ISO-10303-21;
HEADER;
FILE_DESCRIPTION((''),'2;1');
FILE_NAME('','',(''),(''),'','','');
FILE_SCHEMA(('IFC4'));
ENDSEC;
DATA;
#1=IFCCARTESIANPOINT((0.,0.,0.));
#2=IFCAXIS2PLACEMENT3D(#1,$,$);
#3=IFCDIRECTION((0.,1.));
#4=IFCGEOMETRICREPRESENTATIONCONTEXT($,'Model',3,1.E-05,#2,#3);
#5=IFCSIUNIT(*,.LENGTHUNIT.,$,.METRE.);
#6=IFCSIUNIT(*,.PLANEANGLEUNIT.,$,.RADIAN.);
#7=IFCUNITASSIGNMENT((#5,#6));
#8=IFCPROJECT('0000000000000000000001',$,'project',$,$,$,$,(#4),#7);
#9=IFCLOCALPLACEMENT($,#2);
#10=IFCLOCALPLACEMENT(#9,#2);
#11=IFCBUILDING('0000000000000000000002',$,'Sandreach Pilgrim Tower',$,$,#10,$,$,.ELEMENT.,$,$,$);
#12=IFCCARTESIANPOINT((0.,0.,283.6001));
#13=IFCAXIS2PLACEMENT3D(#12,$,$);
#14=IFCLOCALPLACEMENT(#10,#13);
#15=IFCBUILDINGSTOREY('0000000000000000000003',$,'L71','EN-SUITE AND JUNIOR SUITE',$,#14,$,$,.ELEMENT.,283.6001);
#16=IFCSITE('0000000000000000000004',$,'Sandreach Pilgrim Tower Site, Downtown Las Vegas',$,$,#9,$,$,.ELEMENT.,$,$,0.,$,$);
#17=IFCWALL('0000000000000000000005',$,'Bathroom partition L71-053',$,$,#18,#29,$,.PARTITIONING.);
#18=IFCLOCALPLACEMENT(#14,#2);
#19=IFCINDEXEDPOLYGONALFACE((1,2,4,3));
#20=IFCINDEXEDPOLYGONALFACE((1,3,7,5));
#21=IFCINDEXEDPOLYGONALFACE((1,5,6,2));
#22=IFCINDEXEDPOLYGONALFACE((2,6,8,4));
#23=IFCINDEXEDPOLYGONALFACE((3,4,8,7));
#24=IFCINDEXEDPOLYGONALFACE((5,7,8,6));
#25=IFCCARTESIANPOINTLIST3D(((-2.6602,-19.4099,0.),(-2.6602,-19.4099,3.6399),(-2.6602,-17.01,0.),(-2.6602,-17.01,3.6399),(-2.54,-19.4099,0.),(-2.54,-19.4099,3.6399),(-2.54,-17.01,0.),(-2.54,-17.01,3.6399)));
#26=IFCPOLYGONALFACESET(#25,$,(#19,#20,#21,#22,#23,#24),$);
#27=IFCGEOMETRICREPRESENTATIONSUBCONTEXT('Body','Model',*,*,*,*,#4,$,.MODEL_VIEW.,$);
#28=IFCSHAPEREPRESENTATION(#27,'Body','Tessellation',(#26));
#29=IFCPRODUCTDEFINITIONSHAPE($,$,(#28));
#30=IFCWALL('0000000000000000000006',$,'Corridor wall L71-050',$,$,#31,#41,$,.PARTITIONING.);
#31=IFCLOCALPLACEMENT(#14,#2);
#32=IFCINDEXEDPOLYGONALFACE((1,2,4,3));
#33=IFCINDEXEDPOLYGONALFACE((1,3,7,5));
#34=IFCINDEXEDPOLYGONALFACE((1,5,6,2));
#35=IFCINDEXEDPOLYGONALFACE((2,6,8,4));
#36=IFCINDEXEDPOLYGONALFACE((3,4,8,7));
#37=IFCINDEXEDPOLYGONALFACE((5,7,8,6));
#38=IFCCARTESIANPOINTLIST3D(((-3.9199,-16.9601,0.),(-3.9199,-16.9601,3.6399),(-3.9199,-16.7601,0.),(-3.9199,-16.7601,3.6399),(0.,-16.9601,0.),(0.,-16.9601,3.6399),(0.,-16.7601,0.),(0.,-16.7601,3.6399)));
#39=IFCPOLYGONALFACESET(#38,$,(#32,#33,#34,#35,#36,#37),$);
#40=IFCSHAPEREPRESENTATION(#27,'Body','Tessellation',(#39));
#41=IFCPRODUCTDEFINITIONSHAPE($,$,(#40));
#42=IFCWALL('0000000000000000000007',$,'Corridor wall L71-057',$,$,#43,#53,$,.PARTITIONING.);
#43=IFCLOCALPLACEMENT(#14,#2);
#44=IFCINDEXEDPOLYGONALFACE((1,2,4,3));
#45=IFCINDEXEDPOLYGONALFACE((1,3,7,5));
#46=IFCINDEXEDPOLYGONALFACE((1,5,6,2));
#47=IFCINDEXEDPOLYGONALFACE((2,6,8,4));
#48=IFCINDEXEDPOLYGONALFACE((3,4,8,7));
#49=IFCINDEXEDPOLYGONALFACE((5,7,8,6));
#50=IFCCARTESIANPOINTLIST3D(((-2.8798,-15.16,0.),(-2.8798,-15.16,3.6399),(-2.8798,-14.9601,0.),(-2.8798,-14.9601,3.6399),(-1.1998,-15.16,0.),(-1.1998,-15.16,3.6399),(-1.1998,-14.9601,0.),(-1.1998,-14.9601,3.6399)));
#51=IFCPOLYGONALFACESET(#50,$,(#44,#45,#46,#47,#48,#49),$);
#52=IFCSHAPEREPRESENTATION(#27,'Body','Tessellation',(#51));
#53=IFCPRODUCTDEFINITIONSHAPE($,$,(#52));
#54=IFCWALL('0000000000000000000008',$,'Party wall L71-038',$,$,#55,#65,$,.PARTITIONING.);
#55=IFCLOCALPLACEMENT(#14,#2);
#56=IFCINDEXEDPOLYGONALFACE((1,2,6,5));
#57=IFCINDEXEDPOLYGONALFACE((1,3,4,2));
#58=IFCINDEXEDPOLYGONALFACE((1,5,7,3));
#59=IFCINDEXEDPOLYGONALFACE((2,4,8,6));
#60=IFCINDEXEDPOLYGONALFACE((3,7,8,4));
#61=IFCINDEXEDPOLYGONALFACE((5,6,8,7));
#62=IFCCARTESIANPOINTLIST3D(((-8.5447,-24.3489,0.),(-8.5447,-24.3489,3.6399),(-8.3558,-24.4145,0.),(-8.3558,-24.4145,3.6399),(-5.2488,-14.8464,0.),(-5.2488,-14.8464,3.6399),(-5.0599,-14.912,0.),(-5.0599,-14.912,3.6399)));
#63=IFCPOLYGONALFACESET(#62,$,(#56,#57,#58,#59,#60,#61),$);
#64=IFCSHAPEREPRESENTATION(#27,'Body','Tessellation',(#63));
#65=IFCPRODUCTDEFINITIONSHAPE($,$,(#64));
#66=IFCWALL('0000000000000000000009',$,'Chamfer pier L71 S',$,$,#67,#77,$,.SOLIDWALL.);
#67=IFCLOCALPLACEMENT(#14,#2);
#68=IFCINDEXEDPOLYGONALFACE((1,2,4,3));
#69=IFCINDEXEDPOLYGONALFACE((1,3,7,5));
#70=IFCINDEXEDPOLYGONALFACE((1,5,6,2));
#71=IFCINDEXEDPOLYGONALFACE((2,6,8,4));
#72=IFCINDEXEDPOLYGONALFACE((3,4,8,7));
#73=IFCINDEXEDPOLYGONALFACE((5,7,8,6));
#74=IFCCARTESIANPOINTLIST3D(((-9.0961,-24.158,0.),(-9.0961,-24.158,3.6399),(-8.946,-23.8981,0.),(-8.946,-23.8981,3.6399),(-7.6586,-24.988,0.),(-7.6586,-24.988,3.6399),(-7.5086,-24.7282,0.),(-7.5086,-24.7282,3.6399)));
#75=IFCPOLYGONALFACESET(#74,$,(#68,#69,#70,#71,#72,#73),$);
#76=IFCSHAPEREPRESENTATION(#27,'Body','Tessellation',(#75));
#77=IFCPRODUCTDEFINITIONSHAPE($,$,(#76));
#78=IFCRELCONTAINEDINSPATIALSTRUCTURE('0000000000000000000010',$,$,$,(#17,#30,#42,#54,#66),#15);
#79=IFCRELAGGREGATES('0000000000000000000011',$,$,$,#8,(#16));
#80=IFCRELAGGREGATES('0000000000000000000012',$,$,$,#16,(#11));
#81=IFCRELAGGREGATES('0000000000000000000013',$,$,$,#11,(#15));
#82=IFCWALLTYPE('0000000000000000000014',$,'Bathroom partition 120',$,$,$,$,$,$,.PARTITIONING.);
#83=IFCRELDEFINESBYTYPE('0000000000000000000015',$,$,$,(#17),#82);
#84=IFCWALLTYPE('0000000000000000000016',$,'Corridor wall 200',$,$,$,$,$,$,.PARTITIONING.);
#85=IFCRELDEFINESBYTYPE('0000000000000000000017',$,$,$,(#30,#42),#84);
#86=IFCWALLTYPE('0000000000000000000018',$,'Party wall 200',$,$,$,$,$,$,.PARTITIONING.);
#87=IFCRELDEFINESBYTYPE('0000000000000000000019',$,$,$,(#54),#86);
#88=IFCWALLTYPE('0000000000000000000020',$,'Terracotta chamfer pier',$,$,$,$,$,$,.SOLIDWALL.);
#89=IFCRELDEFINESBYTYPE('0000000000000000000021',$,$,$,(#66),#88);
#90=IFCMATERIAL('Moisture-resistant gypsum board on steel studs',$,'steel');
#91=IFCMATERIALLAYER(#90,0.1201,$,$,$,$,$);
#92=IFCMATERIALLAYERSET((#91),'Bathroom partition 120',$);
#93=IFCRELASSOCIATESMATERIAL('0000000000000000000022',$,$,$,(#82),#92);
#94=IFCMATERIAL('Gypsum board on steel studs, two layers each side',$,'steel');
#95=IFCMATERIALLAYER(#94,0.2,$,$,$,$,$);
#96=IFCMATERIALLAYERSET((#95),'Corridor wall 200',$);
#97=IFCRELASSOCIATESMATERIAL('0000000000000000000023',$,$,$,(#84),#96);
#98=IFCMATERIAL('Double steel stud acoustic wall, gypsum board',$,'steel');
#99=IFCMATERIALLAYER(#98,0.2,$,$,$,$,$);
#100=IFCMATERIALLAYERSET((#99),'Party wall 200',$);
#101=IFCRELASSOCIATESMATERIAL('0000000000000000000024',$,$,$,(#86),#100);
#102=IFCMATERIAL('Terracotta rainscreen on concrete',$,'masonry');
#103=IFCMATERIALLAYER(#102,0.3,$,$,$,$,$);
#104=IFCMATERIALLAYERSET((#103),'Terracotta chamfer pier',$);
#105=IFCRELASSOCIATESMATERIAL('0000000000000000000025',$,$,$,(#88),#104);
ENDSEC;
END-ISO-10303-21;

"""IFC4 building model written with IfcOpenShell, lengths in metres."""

from ifc_helpers import new_model, si_unit, direction, frame, frame_2d, origin, place, context, subcontext, project, spatial, rectangle, extrude, material, layer, layer_set, type_object, element, save


model = new_model("IFC4")

# Units and contexts
model_context = context("Model", 3, precision=1e-05, world=origin(), true_north=direction((0.0, 1.0)))
body_context = subcontext(model_context, "Body", "Model", "MODEL_VIEW")
ifc_project = project(units=[si_unit("LENGTHUNIT", "METRE"), si_unit("PLANEANGLEUNIT", "RADIAN")], contexts=[model_context])

# Site, building, storey
site_placement = place(None, origin())
site = spatial("IfcSite", under=ifc_project, at=site_placement, Name="Sandreach Pilgrim Tower Site, Downtown Las Vegas", CompositionType="ELEMENT", RefElevation=0.0)
building_placement = place(site_placement, origin())
building = spatial("IfcBuilding", under=site, at=building_placement, Name="Sandreach Pilgrim Tower", CompositionType="ELEMENT")
storey_placement = place(building_placement, frame((0.0, 0.0, 283.6001)))
storey = spatial("IfcBuildingStorey", under=building, at=storey_placement, Name="L71", Description="EN-SUITE AND JUNIOR SUITE", CompositionType="ELEMENT", Elevation=283.6001)

# Shared definitions
ifc_material_1 = material(Name="Moisture-resistant gypsum board on steel studs", Category="steel")
ifc_layer_1 = layer(ifc_material_1, 0.1201)
ifc_layer_set_1 = layer_set([ifc_layer_1], Name="Bathroom partition 120")
wall_type_1 = type_object("IfcWallType", Name="Bathroom partition 120", PredefinedType="PARTITIONING", material=ifc_layer_set_1)

# Wall
wall_1_placement = place(storey_placement, frame((-2.6001, -17.01, 0.0), z_axis=(0.0, 0.0, 1.0), x_axis=(0.0, -1.0, 0.0)))
element("IfcWall", 1, at=wall_1_placement, inside=storey, type_object=wall_type_1, Name="Bathroom partition L71-053", PredefinedType="PARTITIONING", context=body_context, shape_type="SweptSolid", body=[
    extrude(rectangle(XDim=2.3999, YDim=0.1201, at=frame_2d((1.2, 0.0))), origin(), (0.0, 0.0, 1.0), 3.6399),
])

# Shared definitions
ifc_material_2 = material(Name="Gypsum board on steel studs, two layers each side", Category="steel")
ifc_layer_2 = layer(ifc_material_2, 0.2)
ifc_layer_set_2 = layer_set([ifc_layer_2], Name="Corridor wall 200")
wall_type_2 = type_object("IfcWallType", Name="Corridor wall 200", PredefinedType="PARTITIONING", material=ifc_layer_set_2)

# Wall
wall_2_placement = place(storey_placement, frame((-3.9199, -16.8601, 0.0), z_axis=(0.0, 0.0, 1.0), x_axis=(1.0, 0.0, 0.0)))
element("IfcWall", 2, at=wall_2_placement, inside=storey, type_object=wall_type_2, Name="Corridor wall L71-050", PredefinedType="PARTITIONING", context=body_context, shape_type="SweptSolid", body=[
    extrude(rectangle(XDim=3.9199, YDim=0.2, at=frame_2d((1.96, 0.0))), origin(), (0.0, 0.0, 1.0), 3.6399),
])

# Walls
wall_3_placement = place(storey_placement, frame((-1.2, -15.0601, 0.0), z_axis=(0.0, 0.0, 1.0), x_axis=(-1.0, 0.0, 0.0)))
element("IfcWall", 3, at=wall_3_placement, inside=storey, type_object=wall_type_2, Name="Corridor wall L71-057", PredefinedType="PARTITIONING", context=body_context, shape_type="SweptSolid", body=[
    extrude(rectangle(XDim=1.6799, YDim=0.2, at=frame_2d((0.8398, 0.0))), origin(), (0.0, 0.0, 1.0), 3.6399),
])
ifc_material_3 = material(Name="Double steel stud acoustic wall, gypsum board", Category="steel")
ifc_layer_3 = layer(ifc_material_3, 0.2)
ifc_layer_set_3 = layer_set([ifc_layer_3], Name="Party wall 200")
wall_type_3 = type_object("IfcWallType", Name="Party wall 200", PredefinedType="PARTITIONING", material=ifc_layer_set_3)
wall_4_placement = place(storey_placement, frame((-8.4502, -24.3816, 0.0), z_axis=(0.0, 0.0, 1.0), x_axis=(0.327696, 0.944783, 0.0)))
element("IfcWall", 4, at=wall_4_placement, inside=storey, type_object=wall_type_3, Name="Party wall L71-038", PredefinedType="PARTITIONING", context=body_context, shape_type="SweptSolid", body=[
    extrude(rectangle(XDim=10.0579, YDim=0.2, at=frame_2d((5.0288, 0.0))), origin(), (0.0, 0.0, 1.0), 3.6399),
])
ifc_material_4 = material(Name="Terracotta rainscreen on concrete", Category="masonry")
ifc_layer_4 = layer(ifc_material_4, 0.3)
ifc_layer_set_4 = layer_set([ifc_layer_4], Name="Terracotta chamfer pier")
wall_type_4 = type_object("IfcWallType", Name="Terracotta chamfer pier", PredefinedType="SOLIDWALL", material=ifc_layer_set_4)
wall_5_placement = place(storey_placement, frame((-7.5835, -24.8582, 0.0), z_axis=(0.0, 0.0, 1.0), x_axis=(-0.86599, 0.500062, 0.0)))
element("IfcWall", 5, at=wall_5_placement, inside=storey, type_object=wall_type_4, Name="Chamfer pier L71 S", PredefinedType="SOLIDWALL", context=body_context, shape_type="SweptSolid", body=[
    extrude(rectangle(XDim=1.6599, YDim=0.3, at=frame_2d((0.8301, 0.0))), origin(), (0.0, 0.0, 1.0), 3.6399),
])

save(model, "model.ifc")
